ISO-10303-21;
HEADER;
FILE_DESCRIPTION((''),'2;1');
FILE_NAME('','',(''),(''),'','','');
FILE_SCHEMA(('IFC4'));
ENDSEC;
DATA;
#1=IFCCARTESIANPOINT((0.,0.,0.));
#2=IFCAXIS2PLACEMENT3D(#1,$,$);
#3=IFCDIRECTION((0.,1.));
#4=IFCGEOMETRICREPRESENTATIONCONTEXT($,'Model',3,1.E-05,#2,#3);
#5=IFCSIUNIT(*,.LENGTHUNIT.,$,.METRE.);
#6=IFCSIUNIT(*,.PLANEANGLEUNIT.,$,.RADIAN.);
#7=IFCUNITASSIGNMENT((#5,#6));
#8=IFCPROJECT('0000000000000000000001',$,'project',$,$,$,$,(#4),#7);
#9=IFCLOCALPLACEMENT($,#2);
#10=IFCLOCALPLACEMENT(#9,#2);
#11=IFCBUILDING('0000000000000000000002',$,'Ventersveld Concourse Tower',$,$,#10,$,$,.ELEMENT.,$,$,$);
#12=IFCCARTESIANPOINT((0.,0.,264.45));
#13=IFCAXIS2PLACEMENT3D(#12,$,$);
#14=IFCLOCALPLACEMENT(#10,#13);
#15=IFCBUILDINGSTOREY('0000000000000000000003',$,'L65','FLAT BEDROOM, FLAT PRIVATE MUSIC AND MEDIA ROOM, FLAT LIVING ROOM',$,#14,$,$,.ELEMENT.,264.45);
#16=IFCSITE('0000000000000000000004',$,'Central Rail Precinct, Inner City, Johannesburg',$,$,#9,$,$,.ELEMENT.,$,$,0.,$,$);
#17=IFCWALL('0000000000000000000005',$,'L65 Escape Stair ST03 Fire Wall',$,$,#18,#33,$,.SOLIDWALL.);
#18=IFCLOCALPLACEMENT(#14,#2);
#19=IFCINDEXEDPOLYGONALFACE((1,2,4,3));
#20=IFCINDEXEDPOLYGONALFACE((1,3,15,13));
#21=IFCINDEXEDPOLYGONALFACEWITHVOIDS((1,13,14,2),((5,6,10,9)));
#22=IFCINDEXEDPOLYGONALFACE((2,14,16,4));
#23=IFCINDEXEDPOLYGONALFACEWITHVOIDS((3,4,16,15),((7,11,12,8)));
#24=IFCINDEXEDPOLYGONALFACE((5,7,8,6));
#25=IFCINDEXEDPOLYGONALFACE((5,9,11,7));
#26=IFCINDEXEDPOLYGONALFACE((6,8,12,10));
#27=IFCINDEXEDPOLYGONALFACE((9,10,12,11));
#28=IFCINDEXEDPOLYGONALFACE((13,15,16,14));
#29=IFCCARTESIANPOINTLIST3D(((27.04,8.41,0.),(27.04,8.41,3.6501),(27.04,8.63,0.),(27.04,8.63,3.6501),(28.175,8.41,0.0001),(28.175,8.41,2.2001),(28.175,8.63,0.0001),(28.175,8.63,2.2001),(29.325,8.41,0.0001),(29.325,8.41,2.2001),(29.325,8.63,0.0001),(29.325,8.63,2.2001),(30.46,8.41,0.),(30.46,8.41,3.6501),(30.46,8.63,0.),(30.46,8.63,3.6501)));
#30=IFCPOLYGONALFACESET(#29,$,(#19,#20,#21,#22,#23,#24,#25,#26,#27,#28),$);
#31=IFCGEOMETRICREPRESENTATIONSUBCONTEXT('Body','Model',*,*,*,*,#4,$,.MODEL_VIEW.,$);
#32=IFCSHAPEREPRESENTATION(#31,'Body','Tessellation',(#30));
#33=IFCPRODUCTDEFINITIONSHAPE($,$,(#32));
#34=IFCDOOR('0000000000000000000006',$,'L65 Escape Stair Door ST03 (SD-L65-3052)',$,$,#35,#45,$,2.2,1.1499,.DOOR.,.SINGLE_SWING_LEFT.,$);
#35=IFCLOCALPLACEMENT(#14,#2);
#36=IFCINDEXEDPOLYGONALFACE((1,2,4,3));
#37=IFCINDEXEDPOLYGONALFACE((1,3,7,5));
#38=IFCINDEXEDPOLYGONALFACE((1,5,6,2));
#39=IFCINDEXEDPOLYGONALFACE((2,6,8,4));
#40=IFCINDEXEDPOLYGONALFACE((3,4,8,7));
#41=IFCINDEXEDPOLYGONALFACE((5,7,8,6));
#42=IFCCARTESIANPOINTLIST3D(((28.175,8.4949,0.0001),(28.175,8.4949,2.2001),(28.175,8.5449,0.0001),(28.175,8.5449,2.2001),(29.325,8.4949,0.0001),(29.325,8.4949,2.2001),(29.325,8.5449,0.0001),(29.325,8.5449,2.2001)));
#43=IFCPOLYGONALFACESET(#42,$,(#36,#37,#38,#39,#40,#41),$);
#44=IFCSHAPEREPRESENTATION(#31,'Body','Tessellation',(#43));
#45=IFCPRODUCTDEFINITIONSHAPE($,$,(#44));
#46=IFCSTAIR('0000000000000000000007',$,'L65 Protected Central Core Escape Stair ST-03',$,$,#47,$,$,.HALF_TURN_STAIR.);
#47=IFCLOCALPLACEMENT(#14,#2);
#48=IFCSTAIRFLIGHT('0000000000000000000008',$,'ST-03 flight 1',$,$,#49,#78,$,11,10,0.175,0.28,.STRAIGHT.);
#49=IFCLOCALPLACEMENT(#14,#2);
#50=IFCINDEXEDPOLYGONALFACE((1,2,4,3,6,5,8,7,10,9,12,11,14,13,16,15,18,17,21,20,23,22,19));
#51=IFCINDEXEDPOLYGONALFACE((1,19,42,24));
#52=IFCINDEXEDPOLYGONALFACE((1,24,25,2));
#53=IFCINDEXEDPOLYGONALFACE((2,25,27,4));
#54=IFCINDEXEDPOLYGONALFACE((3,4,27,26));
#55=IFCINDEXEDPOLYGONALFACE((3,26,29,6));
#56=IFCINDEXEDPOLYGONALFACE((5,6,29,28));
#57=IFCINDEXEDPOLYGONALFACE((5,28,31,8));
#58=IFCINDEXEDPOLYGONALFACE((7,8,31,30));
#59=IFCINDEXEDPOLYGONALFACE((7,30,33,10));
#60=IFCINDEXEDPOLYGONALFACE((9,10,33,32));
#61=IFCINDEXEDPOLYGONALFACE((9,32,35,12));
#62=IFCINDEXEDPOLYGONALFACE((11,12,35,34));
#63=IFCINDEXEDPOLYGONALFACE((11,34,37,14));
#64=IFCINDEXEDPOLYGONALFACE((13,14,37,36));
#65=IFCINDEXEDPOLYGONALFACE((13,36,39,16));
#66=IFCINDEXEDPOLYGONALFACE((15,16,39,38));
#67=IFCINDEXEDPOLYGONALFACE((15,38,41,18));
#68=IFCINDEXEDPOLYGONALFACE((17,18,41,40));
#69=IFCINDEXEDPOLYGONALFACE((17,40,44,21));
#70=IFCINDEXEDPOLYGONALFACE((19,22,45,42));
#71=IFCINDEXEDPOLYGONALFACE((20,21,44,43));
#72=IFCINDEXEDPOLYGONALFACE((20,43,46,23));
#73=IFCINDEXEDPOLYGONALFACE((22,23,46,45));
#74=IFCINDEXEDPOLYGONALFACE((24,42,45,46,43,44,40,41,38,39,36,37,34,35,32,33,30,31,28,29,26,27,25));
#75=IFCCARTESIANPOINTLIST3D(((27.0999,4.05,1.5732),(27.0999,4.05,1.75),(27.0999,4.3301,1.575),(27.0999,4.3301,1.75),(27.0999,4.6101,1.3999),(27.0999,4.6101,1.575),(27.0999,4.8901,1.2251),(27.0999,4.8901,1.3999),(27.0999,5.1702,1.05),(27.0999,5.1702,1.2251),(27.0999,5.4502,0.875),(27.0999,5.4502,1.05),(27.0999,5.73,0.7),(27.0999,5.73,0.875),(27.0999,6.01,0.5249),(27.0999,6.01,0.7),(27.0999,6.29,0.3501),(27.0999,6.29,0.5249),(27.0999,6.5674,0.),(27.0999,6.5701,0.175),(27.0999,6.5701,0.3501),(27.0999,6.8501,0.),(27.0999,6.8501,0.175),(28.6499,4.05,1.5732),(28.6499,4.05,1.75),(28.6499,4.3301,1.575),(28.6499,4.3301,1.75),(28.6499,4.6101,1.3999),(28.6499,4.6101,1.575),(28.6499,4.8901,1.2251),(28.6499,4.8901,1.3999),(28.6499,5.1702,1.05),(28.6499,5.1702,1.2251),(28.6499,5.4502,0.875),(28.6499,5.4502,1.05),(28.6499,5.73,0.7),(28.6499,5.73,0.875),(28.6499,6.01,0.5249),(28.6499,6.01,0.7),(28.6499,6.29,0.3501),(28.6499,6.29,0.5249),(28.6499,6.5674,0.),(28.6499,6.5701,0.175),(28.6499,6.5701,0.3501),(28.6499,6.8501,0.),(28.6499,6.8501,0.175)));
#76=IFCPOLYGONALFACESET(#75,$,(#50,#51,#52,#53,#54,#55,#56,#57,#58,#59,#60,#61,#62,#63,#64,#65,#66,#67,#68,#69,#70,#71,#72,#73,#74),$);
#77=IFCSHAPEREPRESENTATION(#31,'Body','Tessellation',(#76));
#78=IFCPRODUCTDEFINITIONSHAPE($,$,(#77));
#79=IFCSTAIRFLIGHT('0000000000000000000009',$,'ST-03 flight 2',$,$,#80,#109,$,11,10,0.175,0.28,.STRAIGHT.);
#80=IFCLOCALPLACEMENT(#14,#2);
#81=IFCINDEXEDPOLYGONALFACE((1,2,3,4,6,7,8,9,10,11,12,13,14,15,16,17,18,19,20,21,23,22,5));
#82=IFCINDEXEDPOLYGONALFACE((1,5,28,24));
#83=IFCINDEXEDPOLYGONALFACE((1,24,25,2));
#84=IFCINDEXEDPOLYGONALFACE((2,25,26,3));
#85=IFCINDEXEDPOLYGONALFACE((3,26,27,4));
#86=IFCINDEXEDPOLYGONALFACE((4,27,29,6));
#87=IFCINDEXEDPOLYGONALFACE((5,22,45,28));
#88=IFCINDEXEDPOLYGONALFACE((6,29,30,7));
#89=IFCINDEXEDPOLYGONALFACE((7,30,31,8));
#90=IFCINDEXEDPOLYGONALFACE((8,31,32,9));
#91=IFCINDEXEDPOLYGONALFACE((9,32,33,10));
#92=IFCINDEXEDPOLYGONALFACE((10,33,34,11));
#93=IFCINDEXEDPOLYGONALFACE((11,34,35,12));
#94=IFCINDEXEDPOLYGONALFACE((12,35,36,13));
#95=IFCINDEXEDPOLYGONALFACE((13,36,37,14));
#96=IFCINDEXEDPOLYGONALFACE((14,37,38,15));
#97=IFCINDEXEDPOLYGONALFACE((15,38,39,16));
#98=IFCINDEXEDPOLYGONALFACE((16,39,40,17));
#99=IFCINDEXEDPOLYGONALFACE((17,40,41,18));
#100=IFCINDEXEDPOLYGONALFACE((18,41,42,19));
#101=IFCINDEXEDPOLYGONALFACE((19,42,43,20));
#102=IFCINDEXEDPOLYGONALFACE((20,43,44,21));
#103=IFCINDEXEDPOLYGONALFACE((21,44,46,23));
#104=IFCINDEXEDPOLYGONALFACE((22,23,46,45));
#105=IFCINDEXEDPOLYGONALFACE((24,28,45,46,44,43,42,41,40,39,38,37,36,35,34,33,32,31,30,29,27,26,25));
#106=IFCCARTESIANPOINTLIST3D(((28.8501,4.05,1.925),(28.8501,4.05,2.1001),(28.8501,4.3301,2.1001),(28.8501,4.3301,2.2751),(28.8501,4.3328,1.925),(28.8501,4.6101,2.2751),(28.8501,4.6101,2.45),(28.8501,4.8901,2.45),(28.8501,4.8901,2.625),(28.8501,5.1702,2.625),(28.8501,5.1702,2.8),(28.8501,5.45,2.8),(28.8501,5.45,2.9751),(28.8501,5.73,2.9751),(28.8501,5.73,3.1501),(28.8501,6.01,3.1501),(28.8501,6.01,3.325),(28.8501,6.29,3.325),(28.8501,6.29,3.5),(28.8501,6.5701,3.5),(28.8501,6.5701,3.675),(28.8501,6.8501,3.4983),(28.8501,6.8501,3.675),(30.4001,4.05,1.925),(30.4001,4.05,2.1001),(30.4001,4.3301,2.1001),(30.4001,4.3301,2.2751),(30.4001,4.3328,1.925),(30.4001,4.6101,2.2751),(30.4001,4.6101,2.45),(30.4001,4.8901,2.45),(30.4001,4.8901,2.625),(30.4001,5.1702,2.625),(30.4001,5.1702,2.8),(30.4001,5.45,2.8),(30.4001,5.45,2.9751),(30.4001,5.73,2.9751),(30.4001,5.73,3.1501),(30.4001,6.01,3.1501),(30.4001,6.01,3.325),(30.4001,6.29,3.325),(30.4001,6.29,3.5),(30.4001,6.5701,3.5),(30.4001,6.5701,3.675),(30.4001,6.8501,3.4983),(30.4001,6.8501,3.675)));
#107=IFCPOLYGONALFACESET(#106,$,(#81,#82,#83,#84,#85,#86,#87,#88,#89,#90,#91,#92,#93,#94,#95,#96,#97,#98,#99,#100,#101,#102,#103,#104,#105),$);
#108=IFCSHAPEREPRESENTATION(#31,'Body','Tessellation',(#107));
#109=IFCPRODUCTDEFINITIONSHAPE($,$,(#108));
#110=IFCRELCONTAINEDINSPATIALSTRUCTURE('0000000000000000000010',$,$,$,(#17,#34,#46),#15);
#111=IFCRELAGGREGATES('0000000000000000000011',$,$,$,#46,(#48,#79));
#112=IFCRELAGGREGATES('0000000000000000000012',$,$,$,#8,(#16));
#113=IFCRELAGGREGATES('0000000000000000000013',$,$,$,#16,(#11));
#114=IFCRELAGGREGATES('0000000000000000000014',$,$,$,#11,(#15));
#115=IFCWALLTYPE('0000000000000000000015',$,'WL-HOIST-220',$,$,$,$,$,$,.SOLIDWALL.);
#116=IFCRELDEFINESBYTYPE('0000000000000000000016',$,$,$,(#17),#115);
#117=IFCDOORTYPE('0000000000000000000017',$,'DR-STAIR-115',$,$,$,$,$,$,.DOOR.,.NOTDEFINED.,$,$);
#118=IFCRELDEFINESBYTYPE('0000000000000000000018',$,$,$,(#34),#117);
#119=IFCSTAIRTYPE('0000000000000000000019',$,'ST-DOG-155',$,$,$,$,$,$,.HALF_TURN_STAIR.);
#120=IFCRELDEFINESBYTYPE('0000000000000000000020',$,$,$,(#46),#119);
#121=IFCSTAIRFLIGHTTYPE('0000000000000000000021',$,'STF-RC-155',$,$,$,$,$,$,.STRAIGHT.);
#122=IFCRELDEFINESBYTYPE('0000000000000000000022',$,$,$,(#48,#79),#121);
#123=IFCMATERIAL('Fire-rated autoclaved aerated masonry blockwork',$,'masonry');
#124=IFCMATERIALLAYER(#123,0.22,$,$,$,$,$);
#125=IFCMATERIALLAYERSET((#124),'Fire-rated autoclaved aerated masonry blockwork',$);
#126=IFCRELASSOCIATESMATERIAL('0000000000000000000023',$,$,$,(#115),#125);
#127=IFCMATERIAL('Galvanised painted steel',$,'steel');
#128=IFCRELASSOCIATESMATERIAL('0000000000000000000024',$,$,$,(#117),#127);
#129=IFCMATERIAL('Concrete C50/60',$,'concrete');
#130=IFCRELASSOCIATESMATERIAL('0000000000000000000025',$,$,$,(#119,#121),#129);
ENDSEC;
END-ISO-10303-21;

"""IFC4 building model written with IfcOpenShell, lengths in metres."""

from ifc_helpers import new_model, si_unit, direction, frame, frame_2d, origin, place, context, subcontext, project, spatial, polyline, rectangle, outline, extrude, material, layer, layer_set, type_object, element, fill, aggregate, save


model = new_model("IFC4")

# Units and contexts
model_context = context("Model", 3, precision=1e-05, world=origin(), true_north=direction((0.0, 1.0)))
body_context = subcontext(model_context, "Body", "Model", "MODEL_VIEW")
ifc_project = project(units=[si_unit("LENGTHUNIT", "METRE"), si_unit("PLANEANGLEUNIT", "RADIAN")], contexts=[model_context])

# Site, building, storey
site_placement = place(None, origin())
site = spatial("IfcSite", under=ifc_project, at=site_placement, Name="Central Rail Precinct, Inner City, Johannesburg", CompositionType="ELEMENT", RefElevation=0.0)
building_placement = place(site_placement, origin())
building = spatial("IfcBuilding", under=site, at=building_placement, Name="Ventersveld Concourse Tower", CompositionType="ELEMENT")
storey_placement = place(building_placement, frame((0.0, 0.0, 264.45)))
storey = spatial("IfcBuildingStorey", under=building, at=storey_placement, Name="L65", Description="FLAT BEDROOM, FLAT PRIVATE MUSIC AND MEDIA ROOM, FLAT LIVING ROOM", CompositionType="ELEMENT", Elevation=264.45)

# Shared definitions
ifc_material_1 = material(Name="Concrete C50/60", Category="concrete")

# Shared definitions
ifc_material_2 = material(Name="Fire-rated autoclaved aerated masonry blockwork", Category="masonry")
ifc_material_3 = material(Name="Galvanised painted steel", Category="steel")

# Shared definitions
ifc_layer_1 = layer(ifc_material_2, 0.22)
ifc_layer_set_1 = layer_set([ifc_layer_1], Name="Fire-rated autoclaved aerated masonry blockwork")
wall_type_1 = type_object("IfcWallType", Name="WL-HOIST-220", PredefinedType="SOLIDWALL", material=ifc_layer_set_1)

# Wall, opening, door
wall_1_placement = place(storey_placement, frame((27.04, 8.52, 0.0), z_axis=(0.0, 0.0, 1.0), x_axis=(1.0, 0.0, 0.0)))
wall_1 = element("IfcWall", 1, at=wall_1_placement, inside=storey, type_object=wall_type_1, Name="L65 Escape Stair ST03 Fire Wall", PredefinedType="SOLIDWALL", context=body_context, shape_type="SweptSolid", body=[
    extrude(rectangle(XDim=3.4199, YDim=0.22, at=frame_2d((1.71, 0.0))), origin(), (0.0, 0.0, 1.0), 3.6501),
])
opening_1_placement = place(wall_1_placement, frame((1.135, 0.0, 0.0)))
opening_1 = element("IfcOpeningElement", 2, at=opening_1_placement, cuts=wall_1, PredefinedType="OPENING", context=body_context, shape_type="SweptSolid", body=[
    extrude(rectangle(XDim=1.1499, YDim=2.2, at=frame_2d((0.575, 1.1001))), frame((0.0, 0.1201, 0.0), z_axis=(0.0, -1.0, 0.0), x_axis=(1.0, 0.0, 0.0)), (0.0, 0.0, 1.0), 0.24),
])
door_type_1 = type_object("IfcDoorType", Name="DR-STAIR-115", OperationType="NOTDEFINED", PredefinedType="DOOR", material=ifc_material_3)
door_1_placement = place(opening_1_placement, origin())
door_1 = element("IfcDoor", 3, at=door_1_placement, inside=storey, type_object=door_type_1, Name="L65 Escape Stair Door ST03 (SD-L65-3052)", OperationType="SINGLE_SWING_LEFT", OverallHeight=2.2, OverallWidth=1.1499, PredefinedType="DOOR", context=body_context, shape_type="SweptSolid", body=[
    extrude(rectangle(XDim=1.1499, YDim=2.2, at=frame_2d((0.575, 1.1001))), frame((0.0, 0.0249, 0.0), z_axis=(0.0, -1.0, 0.0), x_axis=(1.0, 0.0, 0.0)), (0.0, 0.0, 1.0), 0.05),
])
fill(opening_1, door_1)

# Stair, stair flights
stair_type = type_object("IfcStairType", Name="ST-DOG-155", PredefinedType="HALF_TURN_STAIR", material=ifc_material_1)
stair_placement = place(storey_placement, origin())
stair = element("IfcStair", 4, at=stair_placement, inside=storey, type_object=stair_type, Name="L65 Protected Central Core Escape Stair ST-03", PredefinedType="HALF_TURN_STAIR")
stair_flight_type = type_object("IfcStairFlightType", Name="STF-RC-155", PredefinedType="STRAIGHT", material=ifc_material_1)
stair_flight_1_placement = place(storey_placement, frame((27.875, 6.8501, 0.0), z_axis=(0.0, 0.0, 1.0), x_axis=(0.0, -1.0, 0.0)))
stair_flight_1 = element("IfcStairFlight", 5, at=stair_flight_1_placement, type_object=stair_flight_type, Name="ST-03 flight 1", NumberOfRisers=11, NumberOfTreads=10, PredefinedType="STRAIGHT", RiserHeight=0.175, TreadLength=0.28, context=body_context, shape_type="SweptSolid", body=[
    extrude(outline(polyline([(0.0, 0.0), (0.0, 0.175), (0.28, 0.175), (0.28, 0.3501), (0.5601, 0.3501), (0.5601, 0.5249), (0.8401, 0.5249), (0.8401, 0.7), (1.1201, 0.7), (1.1201, 0.875), (1.3999, 0.875), (1.3999, 1.05), (1.6799, 1.05), (1.6799, 1.2251), (1.96, 1.2251), (1.96, 1.3999), (2.24, 1.3999), (2.24, 1.575), (2.52, 1.575), (2.52, 1.75), (2.8, 1.75), (2.8, 1.925), (2.8, 1.5732), (0.2827, 0.0), (0.0, 0.0)])), frame((0.0, 0.7749, 0.0), z_axis=(0.0, -1.0, 0.0), x_axis=(1.0, 0.0, 0.0)), (0.0, 0.0, 1.0), 1.55),
])
stair_flight_2_placement = place(storey_placement, frame((29.625, 4.05, 1.925), z_axis=(0.0, 0.0, 1.0), x_axis=(0.0, 1.0, 0.0)))
stair_flight_2 = element("IfcStairFlight", 6, at=stair_flight_2_placement, type_object=stair_flight_type, Name="ST-03 flight 2", NumberOfRisers=11, NumberOfTreads=10, PredefinedType="STRAIGHT", RiserHeight=0.175, TreadLength=0.28, context=body_context, shape_type="SweptSolid", body=[
    extrude(outline(polyline([(0.0, 0.0), (0.0, 0.175), (0.28, 0.175), (0.28, 0.3501), (0.5601, 0.3501), (0.5601, 0.5249), (0.8401, 0.5249), (0.8401, 0.7), (1.1201, 0.7), (1.1201, 0.875), (1.3999, 0.875), (1.3999, 1.05), (1.6799, 1.05), (1.6799, 1.2251), (1.96, 1.2251), (1.96, 1.3999), (2.24, 1.3999), (2.24, 1.575), (2.52, 1.575), (2.52, 1.75), (2.8, 1.75), (2.8, 1.925), (2.8, 1.5732), (0.2827, 0.0), (0.0, 0.0)])), frame((0.0, 0.7749, 0.0), z_axis=(0.0, -1.0, 0.0), x_axis=(1.0, 0.0, 0.0)), (0.0, 0.0, 1.0), 1.55),
])
aggregate(stair, [stair_flight_1, stair_flight_2])

save(model, "model.ifc")
